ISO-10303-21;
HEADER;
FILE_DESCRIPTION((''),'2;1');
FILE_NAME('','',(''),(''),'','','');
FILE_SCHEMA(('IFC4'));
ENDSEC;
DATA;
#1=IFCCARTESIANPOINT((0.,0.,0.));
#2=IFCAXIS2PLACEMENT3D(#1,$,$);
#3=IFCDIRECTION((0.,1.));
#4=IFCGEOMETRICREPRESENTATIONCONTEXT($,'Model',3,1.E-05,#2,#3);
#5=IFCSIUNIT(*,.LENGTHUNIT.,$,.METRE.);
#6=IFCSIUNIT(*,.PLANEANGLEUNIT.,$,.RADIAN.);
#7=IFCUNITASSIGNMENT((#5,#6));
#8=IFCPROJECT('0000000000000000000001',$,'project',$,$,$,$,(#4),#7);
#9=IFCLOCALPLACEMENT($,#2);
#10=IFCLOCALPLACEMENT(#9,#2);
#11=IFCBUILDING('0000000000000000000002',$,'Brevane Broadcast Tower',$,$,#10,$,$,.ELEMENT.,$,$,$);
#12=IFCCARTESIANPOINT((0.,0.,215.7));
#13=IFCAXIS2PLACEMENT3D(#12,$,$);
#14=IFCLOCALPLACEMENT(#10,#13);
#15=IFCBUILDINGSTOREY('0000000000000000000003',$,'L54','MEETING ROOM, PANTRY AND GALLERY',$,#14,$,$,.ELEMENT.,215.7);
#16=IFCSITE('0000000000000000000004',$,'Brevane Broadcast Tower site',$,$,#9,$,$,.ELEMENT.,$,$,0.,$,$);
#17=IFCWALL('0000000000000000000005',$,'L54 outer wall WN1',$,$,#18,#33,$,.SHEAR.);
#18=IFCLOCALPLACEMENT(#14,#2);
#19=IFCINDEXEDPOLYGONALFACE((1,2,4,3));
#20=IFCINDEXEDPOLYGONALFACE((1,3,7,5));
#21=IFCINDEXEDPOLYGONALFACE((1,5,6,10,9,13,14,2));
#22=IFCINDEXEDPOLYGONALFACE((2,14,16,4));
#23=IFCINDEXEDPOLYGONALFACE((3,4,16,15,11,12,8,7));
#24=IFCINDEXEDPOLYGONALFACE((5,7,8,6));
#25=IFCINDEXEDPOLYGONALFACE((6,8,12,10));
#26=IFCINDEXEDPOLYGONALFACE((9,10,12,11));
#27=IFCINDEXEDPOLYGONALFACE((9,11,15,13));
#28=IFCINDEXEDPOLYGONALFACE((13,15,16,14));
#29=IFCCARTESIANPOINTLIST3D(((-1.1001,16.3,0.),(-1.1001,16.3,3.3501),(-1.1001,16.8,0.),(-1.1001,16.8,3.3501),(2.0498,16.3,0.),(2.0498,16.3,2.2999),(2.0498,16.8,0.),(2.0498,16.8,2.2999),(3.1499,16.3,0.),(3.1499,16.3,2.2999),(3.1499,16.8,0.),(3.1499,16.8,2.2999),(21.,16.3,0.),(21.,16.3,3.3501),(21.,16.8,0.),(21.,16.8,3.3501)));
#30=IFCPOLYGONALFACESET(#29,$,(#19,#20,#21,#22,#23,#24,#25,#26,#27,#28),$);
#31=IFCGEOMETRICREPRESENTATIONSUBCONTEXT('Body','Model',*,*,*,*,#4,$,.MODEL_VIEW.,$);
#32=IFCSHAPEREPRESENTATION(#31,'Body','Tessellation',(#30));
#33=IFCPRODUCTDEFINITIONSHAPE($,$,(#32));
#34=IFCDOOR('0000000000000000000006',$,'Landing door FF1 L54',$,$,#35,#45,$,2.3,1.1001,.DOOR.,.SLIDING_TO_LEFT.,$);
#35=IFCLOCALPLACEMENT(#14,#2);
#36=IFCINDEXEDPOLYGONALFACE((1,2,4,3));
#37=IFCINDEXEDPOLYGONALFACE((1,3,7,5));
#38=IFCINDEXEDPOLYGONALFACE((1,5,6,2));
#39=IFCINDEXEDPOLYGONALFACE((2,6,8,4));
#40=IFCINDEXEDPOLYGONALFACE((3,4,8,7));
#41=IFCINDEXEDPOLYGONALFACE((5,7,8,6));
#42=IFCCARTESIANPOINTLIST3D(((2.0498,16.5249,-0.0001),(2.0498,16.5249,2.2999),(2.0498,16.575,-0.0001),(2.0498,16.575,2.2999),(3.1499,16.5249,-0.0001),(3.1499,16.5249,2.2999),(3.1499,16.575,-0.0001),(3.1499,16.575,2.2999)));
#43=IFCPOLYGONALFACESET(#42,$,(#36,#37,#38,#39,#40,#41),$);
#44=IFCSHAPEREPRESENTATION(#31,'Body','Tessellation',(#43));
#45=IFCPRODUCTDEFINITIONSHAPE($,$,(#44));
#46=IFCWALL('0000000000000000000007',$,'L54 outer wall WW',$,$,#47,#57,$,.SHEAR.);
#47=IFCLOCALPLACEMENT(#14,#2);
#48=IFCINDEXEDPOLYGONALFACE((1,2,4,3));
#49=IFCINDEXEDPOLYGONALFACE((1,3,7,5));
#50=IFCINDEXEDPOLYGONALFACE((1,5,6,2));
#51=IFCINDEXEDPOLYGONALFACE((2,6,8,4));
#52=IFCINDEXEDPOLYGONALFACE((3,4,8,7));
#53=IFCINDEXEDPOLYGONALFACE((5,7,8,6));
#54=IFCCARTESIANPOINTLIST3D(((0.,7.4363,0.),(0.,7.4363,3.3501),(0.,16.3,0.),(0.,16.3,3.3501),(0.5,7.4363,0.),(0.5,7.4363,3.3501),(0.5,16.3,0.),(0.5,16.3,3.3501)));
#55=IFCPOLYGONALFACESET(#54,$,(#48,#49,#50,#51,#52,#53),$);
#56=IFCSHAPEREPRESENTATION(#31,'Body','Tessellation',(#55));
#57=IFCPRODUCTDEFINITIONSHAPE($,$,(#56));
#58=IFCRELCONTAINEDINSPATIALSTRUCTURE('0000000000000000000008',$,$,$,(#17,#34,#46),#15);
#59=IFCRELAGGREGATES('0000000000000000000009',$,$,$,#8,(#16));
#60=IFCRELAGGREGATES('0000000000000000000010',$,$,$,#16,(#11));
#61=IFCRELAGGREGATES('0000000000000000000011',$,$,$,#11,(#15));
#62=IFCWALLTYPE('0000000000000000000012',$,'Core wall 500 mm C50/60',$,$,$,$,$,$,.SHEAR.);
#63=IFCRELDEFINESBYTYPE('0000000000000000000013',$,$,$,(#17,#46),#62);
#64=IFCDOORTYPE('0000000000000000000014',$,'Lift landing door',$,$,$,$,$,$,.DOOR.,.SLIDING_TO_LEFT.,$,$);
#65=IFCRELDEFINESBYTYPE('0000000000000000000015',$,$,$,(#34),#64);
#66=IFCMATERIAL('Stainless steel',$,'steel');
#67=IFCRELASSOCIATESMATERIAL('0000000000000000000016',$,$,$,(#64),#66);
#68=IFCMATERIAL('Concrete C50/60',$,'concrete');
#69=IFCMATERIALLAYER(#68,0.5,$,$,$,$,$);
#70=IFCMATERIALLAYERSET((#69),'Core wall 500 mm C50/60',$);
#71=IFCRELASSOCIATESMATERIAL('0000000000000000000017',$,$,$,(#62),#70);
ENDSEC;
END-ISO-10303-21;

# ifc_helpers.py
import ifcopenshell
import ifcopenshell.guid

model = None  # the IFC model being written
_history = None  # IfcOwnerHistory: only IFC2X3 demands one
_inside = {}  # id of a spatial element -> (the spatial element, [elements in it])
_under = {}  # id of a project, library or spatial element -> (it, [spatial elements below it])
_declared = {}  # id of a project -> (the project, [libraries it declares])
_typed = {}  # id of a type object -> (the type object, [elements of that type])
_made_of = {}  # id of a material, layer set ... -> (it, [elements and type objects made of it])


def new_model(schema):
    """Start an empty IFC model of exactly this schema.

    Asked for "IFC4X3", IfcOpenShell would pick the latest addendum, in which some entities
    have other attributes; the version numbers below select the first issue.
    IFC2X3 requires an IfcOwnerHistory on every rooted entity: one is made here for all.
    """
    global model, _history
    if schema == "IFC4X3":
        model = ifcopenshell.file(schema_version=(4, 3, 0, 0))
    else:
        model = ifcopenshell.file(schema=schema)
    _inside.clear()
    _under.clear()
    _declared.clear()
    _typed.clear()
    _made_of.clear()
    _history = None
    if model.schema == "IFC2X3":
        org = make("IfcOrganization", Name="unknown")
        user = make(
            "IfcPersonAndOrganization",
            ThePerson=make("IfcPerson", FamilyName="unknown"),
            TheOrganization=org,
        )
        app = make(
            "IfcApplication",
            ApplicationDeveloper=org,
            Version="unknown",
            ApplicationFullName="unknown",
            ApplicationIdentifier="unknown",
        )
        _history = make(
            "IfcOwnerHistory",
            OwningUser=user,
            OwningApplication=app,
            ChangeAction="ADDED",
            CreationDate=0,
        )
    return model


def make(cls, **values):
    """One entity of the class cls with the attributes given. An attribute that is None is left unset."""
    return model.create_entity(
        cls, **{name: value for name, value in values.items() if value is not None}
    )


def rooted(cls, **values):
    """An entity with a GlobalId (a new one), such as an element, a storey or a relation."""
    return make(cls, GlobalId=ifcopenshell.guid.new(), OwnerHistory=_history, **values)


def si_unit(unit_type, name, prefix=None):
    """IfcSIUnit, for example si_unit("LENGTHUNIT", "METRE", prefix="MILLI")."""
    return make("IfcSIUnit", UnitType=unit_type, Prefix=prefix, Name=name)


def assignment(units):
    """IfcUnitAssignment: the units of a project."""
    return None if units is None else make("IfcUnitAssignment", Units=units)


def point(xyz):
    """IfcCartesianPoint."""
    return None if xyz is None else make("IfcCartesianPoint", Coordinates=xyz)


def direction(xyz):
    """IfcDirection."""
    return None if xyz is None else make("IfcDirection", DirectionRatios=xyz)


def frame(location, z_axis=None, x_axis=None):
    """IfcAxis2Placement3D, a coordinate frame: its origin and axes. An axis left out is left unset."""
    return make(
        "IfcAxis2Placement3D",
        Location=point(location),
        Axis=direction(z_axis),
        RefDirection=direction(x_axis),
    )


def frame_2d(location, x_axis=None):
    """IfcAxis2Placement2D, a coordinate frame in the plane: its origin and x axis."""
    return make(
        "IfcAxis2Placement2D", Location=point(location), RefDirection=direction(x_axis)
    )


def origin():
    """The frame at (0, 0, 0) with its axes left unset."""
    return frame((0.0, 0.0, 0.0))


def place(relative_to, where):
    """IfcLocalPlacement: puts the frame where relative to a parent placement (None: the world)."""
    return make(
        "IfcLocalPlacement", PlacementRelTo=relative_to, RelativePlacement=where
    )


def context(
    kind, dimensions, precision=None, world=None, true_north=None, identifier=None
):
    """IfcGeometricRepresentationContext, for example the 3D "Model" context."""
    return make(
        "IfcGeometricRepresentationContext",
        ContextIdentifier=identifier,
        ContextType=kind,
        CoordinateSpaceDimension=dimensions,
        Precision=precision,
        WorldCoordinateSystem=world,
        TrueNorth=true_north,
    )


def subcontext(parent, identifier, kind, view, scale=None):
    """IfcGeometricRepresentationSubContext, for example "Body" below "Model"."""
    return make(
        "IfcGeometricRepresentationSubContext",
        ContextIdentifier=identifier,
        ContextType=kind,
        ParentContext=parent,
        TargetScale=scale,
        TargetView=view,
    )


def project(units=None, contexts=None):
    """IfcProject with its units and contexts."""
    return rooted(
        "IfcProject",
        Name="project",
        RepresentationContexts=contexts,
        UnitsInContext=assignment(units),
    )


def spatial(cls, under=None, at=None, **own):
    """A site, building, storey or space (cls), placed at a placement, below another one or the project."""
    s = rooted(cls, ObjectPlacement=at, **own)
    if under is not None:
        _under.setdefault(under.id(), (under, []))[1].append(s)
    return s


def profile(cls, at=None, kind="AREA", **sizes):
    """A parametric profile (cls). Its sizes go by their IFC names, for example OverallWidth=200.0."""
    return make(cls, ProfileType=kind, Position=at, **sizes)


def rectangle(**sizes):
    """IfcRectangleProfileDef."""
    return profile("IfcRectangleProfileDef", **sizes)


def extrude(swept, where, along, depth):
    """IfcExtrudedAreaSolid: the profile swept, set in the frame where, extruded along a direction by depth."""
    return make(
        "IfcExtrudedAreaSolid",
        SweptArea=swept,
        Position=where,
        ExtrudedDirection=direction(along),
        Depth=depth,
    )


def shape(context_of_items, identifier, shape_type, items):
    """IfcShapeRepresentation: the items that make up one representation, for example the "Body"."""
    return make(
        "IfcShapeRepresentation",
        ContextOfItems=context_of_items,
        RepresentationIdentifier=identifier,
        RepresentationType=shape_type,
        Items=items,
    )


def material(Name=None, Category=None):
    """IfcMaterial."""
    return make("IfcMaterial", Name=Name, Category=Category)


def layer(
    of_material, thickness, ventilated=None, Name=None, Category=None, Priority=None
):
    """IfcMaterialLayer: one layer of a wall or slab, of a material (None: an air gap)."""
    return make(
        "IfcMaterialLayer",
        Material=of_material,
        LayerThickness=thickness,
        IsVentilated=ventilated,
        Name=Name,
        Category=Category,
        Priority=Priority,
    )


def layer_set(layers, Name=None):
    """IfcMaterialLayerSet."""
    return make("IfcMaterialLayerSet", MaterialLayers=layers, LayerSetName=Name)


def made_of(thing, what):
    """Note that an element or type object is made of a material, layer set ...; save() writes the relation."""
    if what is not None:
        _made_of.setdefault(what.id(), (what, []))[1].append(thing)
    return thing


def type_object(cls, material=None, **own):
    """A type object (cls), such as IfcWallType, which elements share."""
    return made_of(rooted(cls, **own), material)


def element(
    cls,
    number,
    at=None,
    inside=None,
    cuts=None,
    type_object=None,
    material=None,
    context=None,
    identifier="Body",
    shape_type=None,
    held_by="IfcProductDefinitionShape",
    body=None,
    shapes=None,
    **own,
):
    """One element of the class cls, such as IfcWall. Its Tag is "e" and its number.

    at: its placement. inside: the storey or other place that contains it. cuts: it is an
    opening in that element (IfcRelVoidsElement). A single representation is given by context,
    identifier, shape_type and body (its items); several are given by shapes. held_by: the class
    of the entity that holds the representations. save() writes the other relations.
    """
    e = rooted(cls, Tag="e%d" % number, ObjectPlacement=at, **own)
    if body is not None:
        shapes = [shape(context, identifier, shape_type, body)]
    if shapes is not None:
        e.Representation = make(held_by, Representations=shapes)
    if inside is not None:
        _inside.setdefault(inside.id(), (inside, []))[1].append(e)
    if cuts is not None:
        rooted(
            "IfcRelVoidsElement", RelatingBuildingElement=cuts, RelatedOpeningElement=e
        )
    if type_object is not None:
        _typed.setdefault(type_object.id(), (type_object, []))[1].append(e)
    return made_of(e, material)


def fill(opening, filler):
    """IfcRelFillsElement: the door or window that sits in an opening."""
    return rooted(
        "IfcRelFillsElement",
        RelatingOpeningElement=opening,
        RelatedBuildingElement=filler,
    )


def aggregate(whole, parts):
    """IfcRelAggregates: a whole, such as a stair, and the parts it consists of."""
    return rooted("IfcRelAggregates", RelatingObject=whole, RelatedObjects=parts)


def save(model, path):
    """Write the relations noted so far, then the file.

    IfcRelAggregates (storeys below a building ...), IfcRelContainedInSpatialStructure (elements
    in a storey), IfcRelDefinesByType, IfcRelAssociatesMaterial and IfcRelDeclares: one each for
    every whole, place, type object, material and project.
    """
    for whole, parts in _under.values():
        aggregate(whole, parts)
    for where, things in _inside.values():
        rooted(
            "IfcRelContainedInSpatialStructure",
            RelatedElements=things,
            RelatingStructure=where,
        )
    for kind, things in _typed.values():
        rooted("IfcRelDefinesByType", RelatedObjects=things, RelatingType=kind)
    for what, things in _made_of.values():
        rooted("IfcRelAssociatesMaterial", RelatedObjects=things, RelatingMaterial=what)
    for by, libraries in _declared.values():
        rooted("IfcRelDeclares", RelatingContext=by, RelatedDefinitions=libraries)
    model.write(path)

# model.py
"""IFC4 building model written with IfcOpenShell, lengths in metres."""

from ifc_helpers import new_model, si_unit, direction, frame, frame_2d, origin, place, context, subcontext, project, spatial, rectangle, extrude, material, layer, layer_set, type_object, element, fill, save


model = new_model("IFC4")

# Units and contexts
model_context = context("Model", 3, precision=1e-05, world=origin(), true_north=direction((0.0, 1.0)))
body_context = subcontext(model_context, "Body", "Model", "MODEL_VIEW")
ifc_project = project(units=[si_unit("LENGTHUNIT", "METRE"), si_unit("PLANEANGLEUNIT", "RADIAN")], contexts=[model_context])

# Site, building, storey
site_placement = place(None, origin())
site = spatial("IfcSite", under=ifc_project, at=site_placement, Name="Brevane Broadcast Tower site", CompositionType="ELEMENT", RefElevation=0.0)
building_placement = place(site_placement, origin())
building = spatial("IfcBuilding", under=site, at=building_placement, Name="Brevane Broadcast Tower", CompositionType="ELEMENT")
storey_placement = place(building_placement, frame((0.0, 0.0, 215.7)))
storey = spatial("IfcBuildingStorey", under=building, at=storey_placement, Name="L54", Description="MEETING ROOM, PANTRY AND GALLERY", CompositionType="ELEMENT", Elevation=215.7)

# Shared definitions
ifc_material_1 = material(Name="Concrete C50/60", Category="concrete")
ifc_material_2 = material(Name="Stainless steel", Category="steel")
door_type_1 = type_object("IfcDoorType", Name="Lift landing door", OperationType="SLIDING_TO_LEFT", PredefinedType="DOOR", material=ifc_material_2)

# Wall, opening, door
ifc_layer_1 = layer(ifc_material_1, 0.5)
ifc_layer_set_1 = layer_set([ifc_layer_1], Name="Core wall 500 mm C50/60")
wall_type_1 = type_object("IfcWallType", Name="Core wall 500 mm C50/60", PredefinedType="SHEAR", material=ifc_layer_set_1)
wall_1_placement = place(storey_placement, frame((-1.1001, 16.55, 0.0), z_axis=(0.0, 0.0, 1.0), x_axis=(1.0, 0.0, 0.0)))
wall_1 = element("IfcWall", 1, at=wall_1_placement, inside=storey, type_object=wall_type_1, Name="L54 outer wall WN1", PredefinedType="SHEAR", context=body_context, shape_type="SweptSolid", body=[
    extrude(rectangle(XDim=22.1001, YDim=0.5, at=frame_2d((11.05, 0.0))), origin(), (0.0, 0.0, 1.0), 3.3501),
])
opening_1_placement = place(wall_1_placement, frame((3.1499, 0.0, 0.0)))
opening_1 = element("IfcOpeningElement", 2, at=opening_1_placement, cuts=wall_1, PredefinedType="OPENING", context=body_context, shape_type="SweptSolid", body=[
    extrude(rectangle(XDim=1.1001, YDim=2.3, at=frame_2d((0.55, 1.1499))), frame((0.0, 0.26, 0.0), z_axis=(0.0, -1.0, 0.0), x_axis=(1.0, 0.0, 0.0)), (0.0, 0.0, 1.0), 0.52),
])
door_1_placement = place(opening_1_placement, origin())
door_1 = element("IfcDoor", 3, at=door_1_placement, inside=storey, type_object=door_type_1, Name="Landing door FF1 L54", OperationType="SLIDING_TO_LEFT", OverallHeight=2.3, OverallWidth=1.1001, PredefinedType="DOOR", context=body_context, shape_type="SweptSolid", body=[
    extrude(rectangle(XDim=1.1001, YDim=2.3, at=frame_2d((0.55, 1.1499))), frame((0.0, 0.0249, 0.0), z_axis=(0.0, -1.0, 0.0), x_axis=(1.0, 0.0, 0.0)), (0.0, 0.0, 1.0), 0.05),
])
fill(opening_1, door_1)

# Wall
wall_2_placement = place(storey_placement, frame((0.25, 7.4363, 0.0), z_axis=(0.0, 0.0, 1.0), x_axis=(0.0, 1.0, 0.0)))
element("IfcWall", 4, at=wall_2_placement, inside=storey, type_object=wall_type_1, Name="L54 outer wall WW", PredefinedType="SHEAR", context=body_context, shape_type="SweptSolid", body=[
    extrude(rectangle(XDim=8.8638, YDim=0.5, at=frame_2d((4.4319, 0.0))), origin(), (0.0, 0.0, 1.0), 3.3501),
])

save(model, "model.ifc")
